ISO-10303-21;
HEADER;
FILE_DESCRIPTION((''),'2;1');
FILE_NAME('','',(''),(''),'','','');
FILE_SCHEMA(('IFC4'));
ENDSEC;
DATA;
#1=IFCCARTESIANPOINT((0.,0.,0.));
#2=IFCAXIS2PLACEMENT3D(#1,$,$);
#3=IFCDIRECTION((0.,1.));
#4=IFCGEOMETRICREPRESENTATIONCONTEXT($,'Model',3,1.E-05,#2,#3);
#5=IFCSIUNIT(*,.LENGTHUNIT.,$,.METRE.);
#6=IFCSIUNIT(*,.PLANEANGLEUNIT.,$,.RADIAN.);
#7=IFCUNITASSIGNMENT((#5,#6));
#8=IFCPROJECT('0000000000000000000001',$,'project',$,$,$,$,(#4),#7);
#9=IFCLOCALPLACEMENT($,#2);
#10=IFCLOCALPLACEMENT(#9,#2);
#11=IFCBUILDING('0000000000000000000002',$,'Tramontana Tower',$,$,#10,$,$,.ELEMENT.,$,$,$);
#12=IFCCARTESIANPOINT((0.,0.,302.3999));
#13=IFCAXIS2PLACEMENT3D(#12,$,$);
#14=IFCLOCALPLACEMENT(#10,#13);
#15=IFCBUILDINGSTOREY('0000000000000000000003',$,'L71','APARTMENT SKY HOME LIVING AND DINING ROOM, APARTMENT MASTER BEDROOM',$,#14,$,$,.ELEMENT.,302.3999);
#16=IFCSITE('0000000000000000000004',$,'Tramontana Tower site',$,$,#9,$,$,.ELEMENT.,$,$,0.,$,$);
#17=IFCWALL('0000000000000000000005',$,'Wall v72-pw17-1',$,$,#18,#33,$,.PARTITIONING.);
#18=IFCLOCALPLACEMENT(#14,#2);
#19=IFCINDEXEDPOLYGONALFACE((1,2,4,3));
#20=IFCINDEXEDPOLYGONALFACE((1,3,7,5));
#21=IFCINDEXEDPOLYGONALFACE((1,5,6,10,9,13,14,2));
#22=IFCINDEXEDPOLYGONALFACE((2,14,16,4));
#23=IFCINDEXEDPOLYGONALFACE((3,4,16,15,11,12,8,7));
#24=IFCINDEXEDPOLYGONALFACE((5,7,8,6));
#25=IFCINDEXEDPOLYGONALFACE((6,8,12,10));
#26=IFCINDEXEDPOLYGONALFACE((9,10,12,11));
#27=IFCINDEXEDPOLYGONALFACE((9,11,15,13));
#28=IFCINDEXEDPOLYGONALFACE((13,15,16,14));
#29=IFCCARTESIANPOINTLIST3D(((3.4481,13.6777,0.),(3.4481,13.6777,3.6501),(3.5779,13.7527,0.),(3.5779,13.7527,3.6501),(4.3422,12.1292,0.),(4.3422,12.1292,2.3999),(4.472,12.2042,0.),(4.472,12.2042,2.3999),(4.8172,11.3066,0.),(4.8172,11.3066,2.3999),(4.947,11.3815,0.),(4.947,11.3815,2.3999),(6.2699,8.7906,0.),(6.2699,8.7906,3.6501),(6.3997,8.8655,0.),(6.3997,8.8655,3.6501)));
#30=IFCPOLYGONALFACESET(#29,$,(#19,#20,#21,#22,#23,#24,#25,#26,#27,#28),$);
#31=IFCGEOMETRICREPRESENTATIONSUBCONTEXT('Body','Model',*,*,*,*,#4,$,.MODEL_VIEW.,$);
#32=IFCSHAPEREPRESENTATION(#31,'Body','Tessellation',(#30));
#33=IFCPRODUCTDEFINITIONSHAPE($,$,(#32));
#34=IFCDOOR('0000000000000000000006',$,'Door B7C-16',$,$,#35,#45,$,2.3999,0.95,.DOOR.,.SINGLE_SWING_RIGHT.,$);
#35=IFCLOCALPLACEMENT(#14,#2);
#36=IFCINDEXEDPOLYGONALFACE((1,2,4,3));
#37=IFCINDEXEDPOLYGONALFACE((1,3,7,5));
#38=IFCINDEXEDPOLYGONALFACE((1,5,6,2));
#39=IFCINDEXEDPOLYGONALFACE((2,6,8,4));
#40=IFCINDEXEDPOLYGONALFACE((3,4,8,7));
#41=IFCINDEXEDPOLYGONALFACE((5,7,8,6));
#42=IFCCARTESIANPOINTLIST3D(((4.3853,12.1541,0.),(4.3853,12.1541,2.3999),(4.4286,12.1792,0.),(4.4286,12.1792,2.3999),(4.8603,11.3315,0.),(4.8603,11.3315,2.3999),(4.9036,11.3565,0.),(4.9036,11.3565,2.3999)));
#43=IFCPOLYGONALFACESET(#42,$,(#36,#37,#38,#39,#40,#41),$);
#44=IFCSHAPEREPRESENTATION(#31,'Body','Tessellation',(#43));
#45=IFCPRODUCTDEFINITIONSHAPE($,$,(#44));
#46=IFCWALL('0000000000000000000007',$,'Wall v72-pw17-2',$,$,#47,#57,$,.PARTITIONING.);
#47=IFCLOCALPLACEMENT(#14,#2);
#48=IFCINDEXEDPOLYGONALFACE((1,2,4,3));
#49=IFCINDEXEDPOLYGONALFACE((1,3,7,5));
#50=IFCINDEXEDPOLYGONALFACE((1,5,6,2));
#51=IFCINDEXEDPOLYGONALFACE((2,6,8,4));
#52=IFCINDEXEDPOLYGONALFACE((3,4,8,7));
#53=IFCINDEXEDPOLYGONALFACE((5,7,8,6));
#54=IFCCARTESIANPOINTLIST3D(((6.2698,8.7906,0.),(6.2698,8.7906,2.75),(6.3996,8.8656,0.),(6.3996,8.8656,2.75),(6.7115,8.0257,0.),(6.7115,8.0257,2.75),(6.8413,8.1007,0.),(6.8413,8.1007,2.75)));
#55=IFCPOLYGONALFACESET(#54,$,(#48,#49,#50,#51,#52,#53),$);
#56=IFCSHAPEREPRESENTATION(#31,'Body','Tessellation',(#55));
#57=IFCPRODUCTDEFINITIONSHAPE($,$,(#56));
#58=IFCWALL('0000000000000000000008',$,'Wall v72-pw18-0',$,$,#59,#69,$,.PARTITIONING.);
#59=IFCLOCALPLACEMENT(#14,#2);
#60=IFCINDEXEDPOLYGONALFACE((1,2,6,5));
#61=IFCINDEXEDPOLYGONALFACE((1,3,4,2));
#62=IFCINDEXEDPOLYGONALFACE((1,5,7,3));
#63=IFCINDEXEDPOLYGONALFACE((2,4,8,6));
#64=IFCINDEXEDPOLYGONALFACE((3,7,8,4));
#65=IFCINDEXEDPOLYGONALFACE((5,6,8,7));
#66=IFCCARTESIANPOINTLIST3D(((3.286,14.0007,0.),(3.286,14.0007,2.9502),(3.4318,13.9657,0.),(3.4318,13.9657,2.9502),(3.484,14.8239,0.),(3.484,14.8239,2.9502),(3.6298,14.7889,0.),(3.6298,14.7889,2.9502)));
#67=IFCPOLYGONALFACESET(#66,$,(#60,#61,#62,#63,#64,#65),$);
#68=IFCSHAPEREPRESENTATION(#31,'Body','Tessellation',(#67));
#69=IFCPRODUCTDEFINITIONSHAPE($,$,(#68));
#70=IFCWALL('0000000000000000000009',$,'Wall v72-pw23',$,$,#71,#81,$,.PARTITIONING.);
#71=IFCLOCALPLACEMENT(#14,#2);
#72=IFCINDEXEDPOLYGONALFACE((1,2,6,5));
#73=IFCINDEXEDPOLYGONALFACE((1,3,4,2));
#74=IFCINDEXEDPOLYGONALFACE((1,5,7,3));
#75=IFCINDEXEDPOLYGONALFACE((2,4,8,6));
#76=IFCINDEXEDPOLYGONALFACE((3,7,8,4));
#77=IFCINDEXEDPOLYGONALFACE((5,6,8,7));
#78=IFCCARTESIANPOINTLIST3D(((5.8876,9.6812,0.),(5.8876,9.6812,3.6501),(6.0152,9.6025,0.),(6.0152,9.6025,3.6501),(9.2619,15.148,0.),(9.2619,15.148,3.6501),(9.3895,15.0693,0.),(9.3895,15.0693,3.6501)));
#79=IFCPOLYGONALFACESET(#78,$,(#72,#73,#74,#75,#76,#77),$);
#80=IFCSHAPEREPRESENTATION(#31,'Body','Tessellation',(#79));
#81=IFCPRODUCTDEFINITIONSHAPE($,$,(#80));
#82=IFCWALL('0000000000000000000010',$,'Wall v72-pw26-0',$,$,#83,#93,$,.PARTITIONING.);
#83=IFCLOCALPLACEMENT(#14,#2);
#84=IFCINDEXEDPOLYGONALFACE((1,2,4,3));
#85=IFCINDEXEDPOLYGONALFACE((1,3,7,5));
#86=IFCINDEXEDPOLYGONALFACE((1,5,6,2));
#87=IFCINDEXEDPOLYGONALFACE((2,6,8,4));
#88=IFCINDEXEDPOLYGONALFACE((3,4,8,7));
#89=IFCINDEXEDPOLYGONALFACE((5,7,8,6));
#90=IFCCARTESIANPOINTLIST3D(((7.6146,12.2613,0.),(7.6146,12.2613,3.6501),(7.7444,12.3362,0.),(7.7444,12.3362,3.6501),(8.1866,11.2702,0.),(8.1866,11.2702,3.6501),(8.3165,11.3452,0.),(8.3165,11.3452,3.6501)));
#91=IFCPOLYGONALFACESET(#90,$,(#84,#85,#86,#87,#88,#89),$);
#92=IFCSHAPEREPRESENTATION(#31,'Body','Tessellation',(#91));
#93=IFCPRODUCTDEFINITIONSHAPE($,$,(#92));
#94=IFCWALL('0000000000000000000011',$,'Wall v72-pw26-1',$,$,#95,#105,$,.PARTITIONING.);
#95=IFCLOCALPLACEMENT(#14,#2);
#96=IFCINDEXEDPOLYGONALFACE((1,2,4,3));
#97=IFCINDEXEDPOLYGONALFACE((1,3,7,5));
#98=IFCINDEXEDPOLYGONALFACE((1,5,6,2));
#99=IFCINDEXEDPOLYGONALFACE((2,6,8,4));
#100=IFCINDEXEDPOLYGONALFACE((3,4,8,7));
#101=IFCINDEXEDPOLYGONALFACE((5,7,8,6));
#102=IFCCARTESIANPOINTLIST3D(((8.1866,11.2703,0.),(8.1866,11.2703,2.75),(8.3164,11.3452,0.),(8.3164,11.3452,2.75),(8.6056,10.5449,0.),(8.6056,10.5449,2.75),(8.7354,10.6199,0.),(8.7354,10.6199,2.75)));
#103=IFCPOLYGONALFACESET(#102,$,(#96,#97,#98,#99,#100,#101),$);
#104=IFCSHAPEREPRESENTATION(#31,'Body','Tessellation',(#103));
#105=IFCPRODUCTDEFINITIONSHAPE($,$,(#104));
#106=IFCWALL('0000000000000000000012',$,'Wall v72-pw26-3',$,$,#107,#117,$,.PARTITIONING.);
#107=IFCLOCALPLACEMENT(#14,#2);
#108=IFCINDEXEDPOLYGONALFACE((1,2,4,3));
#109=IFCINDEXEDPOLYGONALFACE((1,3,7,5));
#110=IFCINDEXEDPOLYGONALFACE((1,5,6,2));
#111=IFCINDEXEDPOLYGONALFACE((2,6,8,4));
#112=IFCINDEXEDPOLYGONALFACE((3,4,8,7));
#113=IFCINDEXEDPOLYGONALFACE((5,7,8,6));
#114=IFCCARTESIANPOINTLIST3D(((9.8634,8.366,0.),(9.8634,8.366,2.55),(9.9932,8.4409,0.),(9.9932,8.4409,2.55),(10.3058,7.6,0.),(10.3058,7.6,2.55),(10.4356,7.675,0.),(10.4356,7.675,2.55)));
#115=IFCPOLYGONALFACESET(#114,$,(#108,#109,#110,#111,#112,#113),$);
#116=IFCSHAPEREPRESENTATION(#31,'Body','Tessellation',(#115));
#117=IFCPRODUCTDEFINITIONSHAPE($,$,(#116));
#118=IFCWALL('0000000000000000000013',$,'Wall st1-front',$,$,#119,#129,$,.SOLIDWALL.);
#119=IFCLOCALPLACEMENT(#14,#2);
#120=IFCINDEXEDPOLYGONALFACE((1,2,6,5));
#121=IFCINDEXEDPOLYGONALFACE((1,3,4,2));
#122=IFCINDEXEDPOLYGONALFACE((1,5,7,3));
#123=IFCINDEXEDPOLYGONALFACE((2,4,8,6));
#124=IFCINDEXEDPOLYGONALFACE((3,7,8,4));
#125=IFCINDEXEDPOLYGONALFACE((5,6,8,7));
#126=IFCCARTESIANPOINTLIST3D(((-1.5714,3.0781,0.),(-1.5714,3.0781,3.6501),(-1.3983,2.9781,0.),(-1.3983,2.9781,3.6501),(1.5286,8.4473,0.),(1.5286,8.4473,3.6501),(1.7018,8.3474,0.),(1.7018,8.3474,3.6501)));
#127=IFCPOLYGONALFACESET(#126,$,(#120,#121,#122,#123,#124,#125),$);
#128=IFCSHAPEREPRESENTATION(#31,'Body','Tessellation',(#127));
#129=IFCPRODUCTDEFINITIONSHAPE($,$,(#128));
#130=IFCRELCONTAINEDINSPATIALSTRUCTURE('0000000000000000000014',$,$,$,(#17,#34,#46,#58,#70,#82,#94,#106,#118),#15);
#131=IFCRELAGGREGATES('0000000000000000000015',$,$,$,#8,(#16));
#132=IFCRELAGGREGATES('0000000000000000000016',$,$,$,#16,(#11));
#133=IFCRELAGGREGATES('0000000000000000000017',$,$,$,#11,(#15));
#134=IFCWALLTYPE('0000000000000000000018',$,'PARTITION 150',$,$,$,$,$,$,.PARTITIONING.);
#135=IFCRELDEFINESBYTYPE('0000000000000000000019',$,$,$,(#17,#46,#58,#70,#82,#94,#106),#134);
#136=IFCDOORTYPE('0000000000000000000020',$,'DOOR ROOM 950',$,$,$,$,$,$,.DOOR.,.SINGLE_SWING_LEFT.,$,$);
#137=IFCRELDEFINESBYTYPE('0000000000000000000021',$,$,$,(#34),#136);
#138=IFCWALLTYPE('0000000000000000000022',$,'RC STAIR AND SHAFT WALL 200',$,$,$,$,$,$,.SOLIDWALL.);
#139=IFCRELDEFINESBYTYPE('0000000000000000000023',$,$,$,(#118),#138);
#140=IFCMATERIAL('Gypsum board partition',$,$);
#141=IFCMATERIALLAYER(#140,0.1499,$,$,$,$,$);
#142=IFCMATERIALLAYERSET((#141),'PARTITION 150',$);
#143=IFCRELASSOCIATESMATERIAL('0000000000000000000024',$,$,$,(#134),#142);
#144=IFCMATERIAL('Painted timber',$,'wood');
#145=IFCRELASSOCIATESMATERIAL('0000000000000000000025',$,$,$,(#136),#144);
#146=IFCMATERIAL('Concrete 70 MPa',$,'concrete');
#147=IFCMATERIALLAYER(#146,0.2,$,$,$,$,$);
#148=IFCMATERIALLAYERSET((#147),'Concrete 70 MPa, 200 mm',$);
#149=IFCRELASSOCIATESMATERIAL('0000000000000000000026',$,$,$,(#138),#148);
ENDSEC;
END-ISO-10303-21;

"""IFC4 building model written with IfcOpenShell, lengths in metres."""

from ifc_helpers import new_model, si_unit, direction, frame, frame_2d, origin, place, context, subcontext, project, spatial, rectangle, extrude, material, layer, layer_set, type_object, element, fill, save


model = new_model("IFC4")

# Units and contexts
model_context = context("Model", 3, precision=1e-05, world=origin(), true_north=direction((0.0, 1.0)))
body_context = subcontext(model_context, "Body", "Model", "MODEL_VIEW")
ifc_project = project(units=[si_unit("LENGTHUNIT", "METRE"), si_unit("PLANEANGLEUNIT", "RADIAN")], contexts=[model_context])

# Site, building, storey
site_placement = place(None, origin())
site = spatial("IfcSite", under=ifc_project, at=site_placement, Name="Tramontana Tower site", CompositionType="ELEMENT", RefElevation=0.0)
building_placement = place(site_placement, origin())
building = spatial("IfcBuilding", under=site, at=building_placement, Name="Tramontana Tower", CompositionType="ELEMENT")
storey_placement = place(building_placement, frame((0.0, 0.0, 302.3999)))
storey = spatial("IfcBuildingStorey", under=building, at=storey_placement, Name="L71", Description="APARTMENT SKY HOME LIVING AND DINING ROOM, APARTMENT MASTER BEDROOM", CompositionType="ELEMENT", Elevation=302.3999)

# Shared definitions
ifc_material_1 = material(Name="Gypsum board partition")
ifc_layer_1 = layer(ifc_material_1, 0.1499)
ifc_layer_set_1 = layer_set([ifc_layer_1], Name="PARTITION 150")
wall_type_1 = type_object("IfcWallType", Name="PARTITION 150", PredefinedType="PARTITIONING", material=ifc_layer_set_1)

# Wall, opening, door
wall_1_placement = place(storey_placement, frame((3.5129, 13.7153, 0.0), z_axis=(0.0, 0.0, 1.0), x_axis=(0.50002, -0.866014, 0.0)))
wall_1 = element("IfcWall", 1, at=wall_1_placement, inside=storey, type_object=wall_type_1, Name="Wall v72-pw17-1", PredefinedType="PARTITIONING", context=body_context, shape_type="SweptSolid", body=[
    extrude(rectangle(XDim=5.6433, YDim=0.1499, at=frame_2d((2.8218, 0.0))), origin(), (0.0, 0.0, 1.0), 3.6501),
])
opening_1_placement = place(wall_1_placement, frame((1.7881, 0.0, 0.0)))
opening_1 = element("IfcOpeningElement", 2, at=opening_1_placement, cuts=wall_1, PredefinedType="OPENING", context=body_context, shape_type="SweptSolid", body=[
    extrude(rectangle(XDim=0.95, YDim=2.3999, at=frame_2d((0.4751, 1.2))), frame((0.0, 0.085, 0.0), z_axis=(0.0, -1.0, 0.0), x_axis=(1.0, 0.0, 0.0)), (0.0, 0.0, 1.0), 0.1699),
])
ifc_material_2 = material(Name="Painted timber", Category="wood")
door_type_1 = type_object("IfcDoorType", Name="DOOR ROOM 950", OperationType="SINGLE_SWING_LEFT", PredefinedType="DOOR", material=ifc_material_2)
door_1_placement = place(opening_1_placement, origin())
door_1 = element("IfcDoor", 3, at=door_1_placement, inside=storey, type_object=door_type_1, Name="Door B7C-16", OperationType="SINGLE_SWING_RIGHT", OverallHeight=2.3999, OverallWidth=0.95, PredefinedType="DOOR", context=body_context, shape_type="SweptSolid", body=[
    extrude(rectangle(XDim=0.95, YDim=2.3999, at=frame_2d((0.4751, 1.2))), frame((0.0, 0.0249, 0.0), z_axis=(0.0, -1.0, 0.0), x_axis=(1.0, 0.0, 0.0)), (0.0, 0.0, 1.0), 0.05),
])
fill(opening_1, door_1)

# Walls
wall_2_placement = place(storey_placement, frame((6.3347, 8.8281, 0.0), z_axis=(0.0, 0.0, 1.0), x_axis=(0.500034, -0.866006, 0.0)))
element("IfcWall", 4, at=wall_2_placement, inside=storey, type_object=wall_type_1, Name="Wall v72-pw17-2", PredefinedType="PARTITIONING", context=body_context, shape_type="SweptSolid", body=[
    extrude(rectangle(XDim=0.8833, YDim=0.1499, at=frame_2d((0.4417, 0.0))), origin(), (0.0, 0.0, 1.0), 2.75),
])
wall_3_placement = place(storey_placement, frame((3.5569, 14.8064, 0.0), z_axis=(0.0, 0.0, 1.0), x_axis=(-0.233842, -0.972275, 0.0)))
element("IfcWall", 5, at=wall_3_placement, inside=storey, type_object=wall_type_1, Name="Wall v72-pw18-0", PredefinedType="PARTITIONING", context=body_context, shape_type="SweptSolid", body=[
    extrude(rectangle(XDim=0.8467, YDim=0.1499, at=frame_2d((0.4233, 0.0))), origin(), (0.0, 0.0, 1.0), 2.9502),
])
wall_4_placement = place(storey_placement, frame((5.9514, 9.6418, 0.0), z_axis=(0.0, 0.0, 1.0), x_axis=(0.525236, 0.850957, 0.0)))
element("IfcWall", 6, at=wall_4_placement, inside=storey, type_object=wall_type_1, Name="Wall v72-pw23", PredefinedType="PARTITIONING", context=body_context, shape_type="SweptSolid", body=[
    extrude(rectangle(XDim=6.4243, YDim=0.1499, at=frame_2d((3.2122, 0.0))), origin(), (0.0, 0.0, 1.0), 3.6501),
])
wall_5_placement = place(storey_placement, frame((7.6794, 12.2988, 0.0), z_axis=(0.0, 0.0, 1.0), x_axis=(0.499926, -0.866068, 0.0)))
element("IfcWall", 7, at=wall_5_placement, inside=storey, type_object=wall_type_1, Name="Wall v72-pw26-0", PredefinedType="PARTITIONING", context=body_context, shape_type="SweptSolid", body=[
    extrude(rectangle(XDim=1.1443, YDim=0.1499, at=frame_2d((0.5723, 0.0))), origin(), (0.0, 0.0, 1.0), 3.6501),
])
wall_6_placement = place(storey_placement, frame((8.2515, 11.3079, 0.0), z_axis=(0.0, 0.0, 1.0), x_axis=(0.500151, -0.865938, 0.0)))
element("IfcWall", 8, at=wall_6_placement, inside=storey, type_object=wall_type_1, Name="Wall v72-pw26-1", PredefinedType="PARTITIONING", context=body_context, shape_type="SweptSolid", body=[
    extrude(rectangle(XDim=0.8376, YDim=0.1499, at=frame_2d((0.4189, 0.0))), origin(), (0.0, 0.0, 1.0), 2.75),
])

# Walls
wall_7_placement = place(storey_placement, frame((9.9282, 8.4036, 0.0), z_axis=(0.0, 0.0, 1.0), x_axis=(0.500176, -0.865924, 0.0)))
element("IfcWall", 9, at=wall_7_placement, inside=storey, type_object=wall_type_1, Name="Wall v72-pw26-3", PredefinedType="PARTITIONING", context=body_context, shape_type="SweptSolid", body=[
    extrude(rectangle(XDim=0.8845, YDim=0.1499, at=frame_2d((0.4424, 0.0))), origin(), (0.0, 0.0, 1.0), 2.55),
])
ifc_material_3 = material(Name="Concrete 70 MPa", Category="concrete")
ifc_layer_2 = layer(ifc_material_3, 0.2)
ifc_layer_set_2 = layer_set([ifc_layer_2], Name="Concrete 70 MPa, 200 mm")
wall_type_2 = type_object("IfcWallType", Name="RC STAIR AND SHAFT WALL 200", PredefinedType="SOLIDWALL", material=ifc_layer_set_2)
wall_8_placement = place(storey_placement, frame((1.6152, 8.3975, 0.0), z_axis=(0.0, 0.0, 1.0), x_axis=(-0.50001, -0.86602, 0.0)))
element("IfcWall", 10, at=wall_8_placement, inside=storey, type_object=wall_type_2, Name="Wall st1-front", PredefinedType="SOLIDWALL", context=body_context, shape_type="SweptSolid", body=[
    extrude(rectangle(XDim=6.2, YDim=0.2, at=frame_2d((3.1001, 0.0))), origin(), (0.0, 0.0, 1.0), 3.6501),
])

save(model, "model.ifc")
